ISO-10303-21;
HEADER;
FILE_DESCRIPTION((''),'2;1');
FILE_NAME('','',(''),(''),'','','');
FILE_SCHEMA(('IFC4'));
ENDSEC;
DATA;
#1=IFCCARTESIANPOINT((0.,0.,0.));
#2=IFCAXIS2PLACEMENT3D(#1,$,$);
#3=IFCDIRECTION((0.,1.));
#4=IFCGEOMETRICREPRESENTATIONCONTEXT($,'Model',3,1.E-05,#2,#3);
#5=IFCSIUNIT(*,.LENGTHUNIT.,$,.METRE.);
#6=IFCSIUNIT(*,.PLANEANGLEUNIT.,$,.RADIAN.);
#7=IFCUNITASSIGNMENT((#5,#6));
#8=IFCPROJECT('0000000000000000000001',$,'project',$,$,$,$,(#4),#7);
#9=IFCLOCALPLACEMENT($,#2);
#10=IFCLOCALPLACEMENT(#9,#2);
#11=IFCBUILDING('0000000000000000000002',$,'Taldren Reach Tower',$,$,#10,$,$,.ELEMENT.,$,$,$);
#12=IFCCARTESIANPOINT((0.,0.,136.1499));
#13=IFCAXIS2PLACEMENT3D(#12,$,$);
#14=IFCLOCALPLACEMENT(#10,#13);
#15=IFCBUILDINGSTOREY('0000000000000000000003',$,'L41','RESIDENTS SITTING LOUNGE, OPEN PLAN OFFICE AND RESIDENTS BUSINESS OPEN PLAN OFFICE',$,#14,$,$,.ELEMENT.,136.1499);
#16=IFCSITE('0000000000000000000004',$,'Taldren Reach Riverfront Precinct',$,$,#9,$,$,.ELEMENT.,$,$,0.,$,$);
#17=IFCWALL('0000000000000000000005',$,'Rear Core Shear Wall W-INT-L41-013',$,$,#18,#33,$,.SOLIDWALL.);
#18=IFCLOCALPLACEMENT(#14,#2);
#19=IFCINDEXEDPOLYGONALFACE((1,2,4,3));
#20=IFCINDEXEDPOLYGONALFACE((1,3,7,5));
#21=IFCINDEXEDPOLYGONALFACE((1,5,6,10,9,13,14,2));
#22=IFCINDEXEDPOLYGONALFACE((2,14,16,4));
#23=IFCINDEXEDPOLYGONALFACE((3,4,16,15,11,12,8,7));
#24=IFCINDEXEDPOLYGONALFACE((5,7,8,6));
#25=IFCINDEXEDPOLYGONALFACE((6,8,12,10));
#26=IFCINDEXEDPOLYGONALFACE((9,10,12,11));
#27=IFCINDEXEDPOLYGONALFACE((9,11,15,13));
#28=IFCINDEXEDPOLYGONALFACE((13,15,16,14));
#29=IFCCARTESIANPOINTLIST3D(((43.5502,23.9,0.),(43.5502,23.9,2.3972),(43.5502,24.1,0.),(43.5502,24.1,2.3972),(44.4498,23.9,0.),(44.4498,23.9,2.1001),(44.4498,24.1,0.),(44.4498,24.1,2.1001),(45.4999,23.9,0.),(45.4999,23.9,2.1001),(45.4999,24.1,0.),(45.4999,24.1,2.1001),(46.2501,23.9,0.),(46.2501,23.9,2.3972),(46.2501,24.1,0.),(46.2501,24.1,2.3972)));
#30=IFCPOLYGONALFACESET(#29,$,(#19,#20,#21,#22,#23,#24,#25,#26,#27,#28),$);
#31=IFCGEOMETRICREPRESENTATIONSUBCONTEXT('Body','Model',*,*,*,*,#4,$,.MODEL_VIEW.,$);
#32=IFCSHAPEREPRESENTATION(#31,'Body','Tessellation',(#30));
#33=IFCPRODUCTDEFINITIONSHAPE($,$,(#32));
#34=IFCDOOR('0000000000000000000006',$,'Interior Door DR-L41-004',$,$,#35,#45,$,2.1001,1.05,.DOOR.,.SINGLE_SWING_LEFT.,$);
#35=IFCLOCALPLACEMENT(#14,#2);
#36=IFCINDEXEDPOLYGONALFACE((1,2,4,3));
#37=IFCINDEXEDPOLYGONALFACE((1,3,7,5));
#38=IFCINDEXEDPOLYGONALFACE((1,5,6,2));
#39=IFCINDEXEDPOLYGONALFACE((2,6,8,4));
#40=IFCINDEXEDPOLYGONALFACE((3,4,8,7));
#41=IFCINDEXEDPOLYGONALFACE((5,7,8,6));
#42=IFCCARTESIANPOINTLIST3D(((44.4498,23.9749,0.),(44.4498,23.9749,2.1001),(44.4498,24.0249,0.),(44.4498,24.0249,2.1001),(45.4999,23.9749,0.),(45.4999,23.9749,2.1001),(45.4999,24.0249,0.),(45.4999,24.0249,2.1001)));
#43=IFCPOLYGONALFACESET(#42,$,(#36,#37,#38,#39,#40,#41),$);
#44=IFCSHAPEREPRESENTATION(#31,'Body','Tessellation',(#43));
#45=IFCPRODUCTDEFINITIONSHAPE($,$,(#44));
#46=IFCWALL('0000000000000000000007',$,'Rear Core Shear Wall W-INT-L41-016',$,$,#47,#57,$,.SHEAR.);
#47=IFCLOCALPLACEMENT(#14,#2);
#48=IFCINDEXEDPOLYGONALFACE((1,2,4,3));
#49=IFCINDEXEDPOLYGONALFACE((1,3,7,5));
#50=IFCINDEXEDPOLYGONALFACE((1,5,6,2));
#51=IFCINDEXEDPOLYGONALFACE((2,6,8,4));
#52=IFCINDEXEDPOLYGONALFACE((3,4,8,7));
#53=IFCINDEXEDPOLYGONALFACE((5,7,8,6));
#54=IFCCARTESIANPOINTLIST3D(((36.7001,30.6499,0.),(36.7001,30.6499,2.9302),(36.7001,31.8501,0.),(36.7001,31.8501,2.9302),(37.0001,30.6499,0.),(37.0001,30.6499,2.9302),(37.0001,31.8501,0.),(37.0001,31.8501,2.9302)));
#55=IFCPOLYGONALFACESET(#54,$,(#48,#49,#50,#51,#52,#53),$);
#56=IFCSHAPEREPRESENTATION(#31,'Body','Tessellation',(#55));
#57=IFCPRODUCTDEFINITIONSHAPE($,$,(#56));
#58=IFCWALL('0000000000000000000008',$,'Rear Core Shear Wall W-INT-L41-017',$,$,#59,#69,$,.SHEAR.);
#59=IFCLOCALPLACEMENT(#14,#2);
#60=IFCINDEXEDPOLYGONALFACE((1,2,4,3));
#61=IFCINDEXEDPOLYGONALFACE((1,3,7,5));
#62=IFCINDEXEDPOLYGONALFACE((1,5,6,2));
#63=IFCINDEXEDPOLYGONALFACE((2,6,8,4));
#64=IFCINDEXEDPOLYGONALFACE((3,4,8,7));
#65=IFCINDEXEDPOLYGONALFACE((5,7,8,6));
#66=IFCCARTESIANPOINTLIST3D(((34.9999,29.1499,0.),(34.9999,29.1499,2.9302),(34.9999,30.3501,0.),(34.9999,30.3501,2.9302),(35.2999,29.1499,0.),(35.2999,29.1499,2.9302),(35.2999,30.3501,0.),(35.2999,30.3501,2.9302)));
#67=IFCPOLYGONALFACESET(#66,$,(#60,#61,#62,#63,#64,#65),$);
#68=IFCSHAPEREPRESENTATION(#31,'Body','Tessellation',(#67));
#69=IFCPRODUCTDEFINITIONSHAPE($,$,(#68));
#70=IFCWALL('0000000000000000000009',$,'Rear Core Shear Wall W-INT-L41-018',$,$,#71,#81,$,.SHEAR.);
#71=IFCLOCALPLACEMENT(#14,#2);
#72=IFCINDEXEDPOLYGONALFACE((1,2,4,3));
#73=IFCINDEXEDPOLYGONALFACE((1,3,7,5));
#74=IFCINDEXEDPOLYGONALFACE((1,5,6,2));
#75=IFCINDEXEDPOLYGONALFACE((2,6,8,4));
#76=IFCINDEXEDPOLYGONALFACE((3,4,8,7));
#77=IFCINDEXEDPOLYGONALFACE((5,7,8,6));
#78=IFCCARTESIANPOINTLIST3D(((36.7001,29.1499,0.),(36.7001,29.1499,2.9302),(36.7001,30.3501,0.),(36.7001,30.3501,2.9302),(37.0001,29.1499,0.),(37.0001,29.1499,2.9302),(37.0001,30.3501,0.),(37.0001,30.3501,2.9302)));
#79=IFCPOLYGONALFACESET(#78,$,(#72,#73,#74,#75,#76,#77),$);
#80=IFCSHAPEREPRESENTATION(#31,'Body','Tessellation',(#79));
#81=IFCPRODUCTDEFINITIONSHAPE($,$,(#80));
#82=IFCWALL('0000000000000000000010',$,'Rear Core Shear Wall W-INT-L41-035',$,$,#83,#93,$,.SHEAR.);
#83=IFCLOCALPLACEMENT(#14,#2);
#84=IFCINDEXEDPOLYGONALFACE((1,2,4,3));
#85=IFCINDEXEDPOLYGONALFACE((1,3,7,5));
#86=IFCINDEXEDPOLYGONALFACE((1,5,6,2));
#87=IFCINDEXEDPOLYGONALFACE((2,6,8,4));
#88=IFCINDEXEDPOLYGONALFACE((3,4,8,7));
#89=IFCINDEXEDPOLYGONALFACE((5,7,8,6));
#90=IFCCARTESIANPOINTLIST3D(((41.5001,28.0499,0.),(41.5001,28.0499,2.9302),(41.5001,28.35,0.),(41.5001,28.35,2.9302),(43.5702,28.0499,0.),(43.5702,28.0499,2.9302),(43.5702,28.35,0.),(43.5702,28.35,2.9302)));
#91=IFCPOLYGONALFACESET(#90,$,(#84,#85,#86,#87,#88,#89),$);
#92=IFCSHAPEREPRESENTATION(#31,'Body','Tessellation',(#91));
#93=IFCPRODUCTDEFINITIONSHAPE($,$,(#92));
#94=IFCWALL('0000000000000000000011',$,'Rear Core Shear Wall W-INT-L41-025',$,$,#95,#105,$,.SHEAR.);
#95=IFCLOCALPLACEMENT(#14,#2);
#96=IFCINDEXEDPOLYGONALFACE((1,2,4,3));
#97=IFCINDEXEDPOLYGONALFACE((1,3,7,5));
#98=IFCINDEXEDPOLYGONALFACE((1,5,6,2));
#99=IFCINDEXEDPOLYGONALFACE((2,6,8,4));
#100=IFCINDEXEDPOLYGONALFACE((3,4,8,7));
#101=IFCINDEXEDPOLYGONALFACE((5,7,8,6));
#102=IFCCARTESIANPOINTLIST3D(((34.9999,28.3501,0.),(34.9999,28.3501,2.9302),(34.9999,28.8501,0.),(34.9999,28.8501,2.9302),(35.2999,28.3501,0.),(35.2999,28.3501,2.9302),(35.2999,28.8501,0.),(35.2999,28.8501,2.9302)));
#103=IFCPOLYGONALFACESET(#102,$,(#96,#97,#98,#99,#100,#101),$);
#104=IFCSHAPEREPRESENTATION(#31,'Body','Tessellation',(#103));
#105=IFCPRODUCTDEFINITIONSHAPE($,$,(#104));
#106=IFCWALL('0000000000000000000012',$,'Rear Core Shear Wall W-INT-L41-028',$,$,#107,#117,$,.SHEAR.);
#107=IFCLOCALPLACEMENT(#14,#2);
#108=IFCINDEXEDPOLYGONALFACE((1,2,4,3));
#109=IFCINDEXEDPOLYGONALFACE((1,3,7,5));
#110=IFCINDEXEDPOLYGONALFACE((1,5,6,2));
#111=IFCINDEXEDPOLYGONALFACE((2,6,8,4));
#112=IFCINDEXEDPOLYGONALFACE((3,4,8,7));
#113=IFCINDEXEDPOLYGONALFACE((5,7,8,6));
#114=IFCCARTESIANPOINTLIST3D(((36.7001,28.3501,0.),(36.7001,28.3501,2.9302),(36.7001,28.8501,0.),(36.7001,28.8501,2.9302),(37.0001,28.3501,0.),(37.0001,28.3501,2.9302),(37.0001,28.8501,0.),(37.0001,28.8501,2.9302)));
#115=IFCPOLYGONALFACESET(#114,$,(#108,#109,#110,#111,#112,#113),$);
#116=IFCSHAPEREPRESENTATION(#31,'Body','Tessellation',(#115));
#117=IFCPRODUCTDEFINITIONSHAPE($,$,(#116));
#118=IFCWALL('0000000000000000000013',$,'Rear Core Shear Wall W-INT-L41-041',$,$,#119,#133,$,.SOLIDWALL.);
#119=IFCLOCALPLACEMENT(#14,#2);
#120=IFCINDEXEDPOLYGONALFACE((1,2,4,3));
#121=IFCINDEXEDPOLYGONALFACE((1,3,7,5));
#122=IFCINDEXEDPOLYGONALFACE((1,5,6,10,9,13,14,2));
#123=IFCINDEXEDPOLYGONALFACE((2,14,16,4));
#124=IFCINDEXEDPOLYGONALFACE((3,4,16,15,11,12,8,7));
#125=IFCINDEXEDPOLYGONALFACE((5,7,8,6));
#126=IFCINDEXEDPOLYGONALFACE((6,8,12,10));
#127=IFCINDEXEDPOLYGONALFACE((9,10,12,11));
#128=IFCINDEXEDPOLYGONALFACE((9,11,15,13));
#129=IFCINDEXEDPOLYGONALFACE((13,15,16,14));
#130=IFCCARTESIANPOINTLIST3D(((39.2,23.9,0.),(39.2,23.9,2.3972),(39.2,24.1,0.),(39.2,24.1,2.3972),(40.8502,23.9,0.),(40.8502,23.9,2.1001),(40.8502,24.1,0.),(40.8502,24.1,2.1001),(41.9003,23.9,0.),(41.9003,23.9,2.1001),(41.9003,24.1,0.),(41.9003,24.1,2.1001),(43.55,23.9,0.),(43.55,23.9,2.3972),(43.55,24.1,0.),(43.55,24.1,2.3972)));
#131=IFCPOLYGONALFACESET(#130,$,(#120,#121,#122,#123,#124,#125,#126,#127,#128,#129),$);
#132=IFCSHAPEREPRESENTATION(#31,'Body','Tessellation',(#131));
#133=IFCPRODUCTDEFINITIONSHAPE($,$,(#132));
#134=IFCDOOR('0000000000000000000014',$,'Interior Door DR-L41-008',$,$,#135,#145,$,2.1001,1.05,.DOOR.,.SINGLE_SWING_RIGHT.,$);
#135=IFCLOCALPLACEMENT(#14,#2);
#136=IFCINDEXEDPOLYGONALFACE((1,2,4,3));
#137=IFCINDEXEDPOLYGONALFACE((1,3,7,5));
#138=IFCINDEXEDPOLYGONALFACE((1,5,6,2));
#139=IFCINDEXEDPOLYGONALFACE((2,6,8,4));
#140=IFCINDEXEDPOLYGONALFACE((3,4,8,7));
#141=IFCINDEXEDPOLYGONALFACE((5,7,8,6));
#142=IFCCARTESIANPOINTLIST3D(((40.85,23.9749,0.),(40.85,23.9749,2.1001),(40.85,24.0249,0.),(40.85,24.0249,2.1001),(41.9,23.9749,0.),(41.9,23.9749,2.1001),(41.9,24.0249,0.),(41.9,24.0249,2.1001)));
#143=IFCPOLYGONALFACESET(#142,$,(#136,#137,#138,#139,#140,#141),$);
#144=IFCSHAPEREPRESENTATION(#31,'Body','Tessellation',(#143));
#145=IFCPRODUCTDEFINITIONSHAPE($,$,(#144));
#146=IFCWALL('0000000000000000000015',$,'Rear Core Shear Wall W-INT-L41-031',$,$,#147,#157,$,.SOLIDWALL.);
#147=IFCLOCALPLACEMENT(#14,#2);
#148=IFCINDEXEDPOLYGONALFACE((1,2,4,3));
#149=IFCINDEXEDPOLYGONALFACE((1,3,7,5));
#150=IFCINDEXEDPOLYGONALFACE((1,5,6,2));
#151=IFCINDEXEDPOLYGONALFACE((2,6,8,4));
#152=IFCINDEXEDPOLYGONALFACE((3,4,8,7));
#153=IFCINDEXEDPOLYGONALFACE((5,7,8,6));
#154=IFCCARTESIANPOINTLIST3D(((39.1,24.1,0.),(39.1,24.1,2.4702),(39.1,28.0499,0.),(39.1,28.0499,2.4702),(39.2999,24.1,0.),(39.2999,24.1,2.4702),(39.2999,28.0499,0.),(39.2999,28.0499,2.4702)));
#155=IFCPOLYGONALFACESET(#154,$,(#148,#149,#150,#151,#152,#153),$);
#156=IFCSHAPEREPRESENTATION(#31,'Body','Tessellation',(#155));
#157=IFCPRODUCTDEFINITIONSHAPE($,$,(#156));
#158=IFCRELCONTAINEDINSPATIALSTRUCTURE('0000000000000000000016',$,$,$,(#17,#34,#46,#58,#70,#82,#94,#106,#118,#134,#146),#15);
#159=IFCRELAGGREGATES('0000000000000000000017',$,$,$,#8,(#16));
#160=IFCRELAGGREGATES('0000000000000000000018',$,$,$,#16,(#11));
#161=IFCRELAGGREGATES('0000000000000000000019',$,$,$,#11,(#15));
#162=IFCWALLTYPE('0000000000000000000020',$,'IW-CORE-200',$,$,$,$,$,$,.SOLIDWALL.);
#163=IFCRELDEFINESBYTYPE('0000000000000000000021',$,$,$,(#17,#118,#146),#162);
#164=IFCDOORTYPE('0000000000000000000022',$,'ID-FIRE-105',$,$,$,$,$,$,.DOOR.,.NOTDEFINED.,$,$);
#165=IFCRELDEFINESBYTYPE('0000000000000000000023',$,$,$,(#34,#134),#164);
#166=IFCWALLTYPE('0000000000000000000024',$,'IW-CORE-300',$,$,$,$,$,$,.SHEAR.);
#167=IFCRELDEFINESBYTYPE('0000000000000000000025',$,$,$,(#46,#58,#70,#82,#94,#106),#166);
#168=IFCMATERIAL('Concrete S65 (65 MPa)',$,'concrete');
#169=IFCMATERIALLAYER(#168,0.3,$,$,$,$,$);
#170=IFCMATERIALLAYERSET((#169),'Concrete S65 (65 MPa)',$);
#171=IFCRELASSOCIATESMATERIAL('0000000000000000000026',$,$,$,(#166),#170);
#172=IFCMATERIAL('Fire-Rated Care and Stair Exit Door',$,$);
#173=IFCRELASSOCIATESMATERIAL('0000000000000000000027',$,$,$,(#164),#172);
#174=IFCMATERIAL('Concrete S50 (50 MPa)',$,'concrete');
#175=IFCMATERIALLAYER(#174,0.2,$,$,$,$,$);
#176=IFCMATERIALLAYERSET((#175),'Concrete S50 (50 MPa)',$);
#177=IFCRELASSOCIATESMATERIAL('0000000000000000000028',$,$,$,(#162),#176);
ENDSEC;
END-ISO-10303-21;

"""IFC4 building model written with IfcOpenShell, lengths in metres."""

from ifc_helpers import new_model, si_unit, direction, frame, frame_2d, origin, place, context, subcontext, project, spatial, rectangle, extrude, source, transform, mapped, material, layer, layer_set, type_object, element, fill, save


model = new_model("IFC4")

# Units and contexts
model_context = context("Model", 3, precision=1e-05, world=origin(), true_north=direction((0.0, 1.0)))
body_context = subcontext(model_context, "Body", "Model", "MODEL_VIEW")
ifc_project = project(units=[si_unit("LENGTHUNIT", "METRE"), si_unit("PLANEANGLEUNIT", "RADIAN")], contexts=[model_context])

# Site, building, storey
site_placement = place(None, origin())
site = spatial("IfcSite", under=ifc_project, at=site_placement, Name="Taldren Reach Riverfront Precinct", CompositionType="ELEMENT", RefElevation=0.0)
building_placement = place(site_placement, origin())
building = spatial("IfcBuilding", under=site, at=building_placement, Name="Taldren Reach Tower", CompositionType="ELEMENT")
storey_placement = place(building_placement, frame((0.0, 0.0, 136.1499)))
storey = spatial("IfcBuildingStorey", under=building, at=storey_placement, Name="L41", Description="RESIDENTS SITTING LOUNGE, OPEN PLAN OFFICE AND RESIDENTS BUSINESS OPEN PLAN OFFICE", CompositionType="ELEMENT", Elevation=136.1499)

# Shared definitions
ifc_material_1 = material(Name="Concrete S65 (65 MPa)", Category="concrete")
ifc_layer_1 = layer(ifc_material_1, 0.3)
ifc_layer_set_1 = layer_set([ifc_layer_1], Name="Concrete S65 (65 MPa)")
wall_type_1 = type_object("IfcWallType", Name="IW-CORE-300", PredefinedType="SHEAR", material=ifc_layer_set_1)

# Shared definitions
ifc_material_2 = material(Name="Fire-Rated Care and Stair Exit Door")
door_type_1 = type_object("IfcDoorType", Name="ID-FIRE-105", OperationType="NOTDEFINED", PredefinedType="DOOR", material=ifc_material_2)
shared_shape_1 = source(origin(), body_context, "Body", "SweptSolid", [
    extrude(rectangle(XDim=1.05, YDim=2.1001, at=frame_2d((0.5249, 1.05))), frame((0.0, 0.0249, 0.0), z_axis=(0.0, -1.0, 0.0), x_axis=(1.0, 0.0, 0.0)), (0.0, 0.0, 1.0), 0.05),
])

# Shared definitions
ifc_material_3 = material(Name="Concrete S50 (50 MPa)", Category="concrete")
ifc_layer_2 = layer(ifc_material_3, 0.2)
ifc_layer_set_2 = layer_set([ifc_layer_2], Name="Concrete S50 (50 MPa)")
wall_type_2 = type_object("IfcWallType", Name="IW-CORE-200", PredefinedType="SOLIDWALL", material=ifc_layer_set_2)

# Wall, opening, door
shared_shape_2 = source(origin(), body_context, "Body", "SweptSolid", [
    extrude(rectangle(XDim=2.7, YDim=0.2, at=frame_2d((1.3501, 0.0))), origin(), (0.0, 0.0, 1.0), 2.3972),
])
wall_1_placement = place(storey_placement, frame((43.55, 24.0, 0.0), z_axis=(0.0, 0.0, 1.0), x_axis=(1.0, 0.0, 0.0)))
wall_1 = element("IfcWall", 1, at=wall_1_placement, inside=storey, type_object=wall_type_2, Name="Rear Core Shear Wall W-INT-L41-013", PredefinedType="SOLIDWALL", context=body_context, shape_type="MappedRepresentation", body=[
    mapped(shared_shape_2, transform((0.0, 0.0, 0.0), scale=1.0)),
])
shared_shape_3 = source(origin(), body_context, "Body", "SweptSolid", [
    extrude(rectangle(XDim=1.05, YDim=2.1001, at=frame_2d((0.5249, 1.05))), frame((0.0, 0.1099, 0.0), z_axis=(0.0, -1.0, 0.0), x_axis=(1.0, 0.0, 0.0)), (0.0, 0.0, 1.0), 0.22),
])
opening_1_placement = place(wall_1_placement, frame((0.8999, 0.0, 0.0)))
opening_1 = element("IfcOpeningElement", 2, at=opening_1_placement, cuts=wall_1, PredefinedType="OPENING", context=body_context, shape_type="MappedRepresentation", body=[
    mapped(shared_shape_3, transform((0.0, 0.0, 0.0), scale=1.0)),
])
door_1_placement = place(opening_1_placement, origin())
door_1 = element("IfcDoor", 3, at=door_1_placement, inside=storey, type_object=door_type_1, Name="Interior Door DR-L41-004", OperationType="SINGLE_SWING_LEFT", OverallHeight=2.1001, OverallWidth=1.05, PredefinedType="DOOR", context=body_context, shape_type="MappedRepresentation", body=[
    mapped(shared_shape_1, transform((0.0, 0.0, 0.0), scale=1.0)),
])
fill(opening_1, door_1)

# Walls
shared_shape_4 = source(origin(), body_context, "Body", "SweptSolid", [
    extrude(rectangle(XDim=1.2002, YDim=0.3, at=frame_2d((0.6001, 0.0))), origin(), (0.0, 0.0, 1.0), 2.9302),
])
for number, where, z_axis, x_axis, name in (
    (4, (36.8501, 30.6499, 0.0), (0.0, 0.0, 1.0), (0.0, 1.0, 0.0), "Rear Core Shear Wall W-INT-L41-016"),
    (5, (35.1499, 30.3501, 0.0), (0.0, 0.0, 1.0), (0.0, -1.0, 0.0), "Rear Core Shear Wall W-INT-L41-017"),
    (6, (36.8501, 29.1499, 0.0), (0.0, 0.0, 1.0), (0.0, 1.0, 0.0), "Rear Core Shear Wall W-INT-L41-018"),
):
    element("IfcWall", number, at=place(storey_placement, frame(where, z_axis=z_axis, x_axis=x_axis)), inside=storey, type_object=wall_type_1, Name=name, PredefinedType="SHEAR", context=body_context, shape_type="MappedRepresentation", body=[
        mapped(shared_shape_4, transform((0.0, 0.0, 0.0), scale=1.0)),
    ])
shared_shape_5 = source(origin(), body_context, "Body", "SweptSolid", [
    extrude(rectangle(XDim=2.0701, YDim=0.3, at=frame_2d((1.0352, 0.0))), origin(), (0.0, 0.0, 1.0), 2.9302),
])
wall_2_placement = place(storey_placement, frame((41.5, 28.2, 0.0), z_axis=(0.0, 0.0, 1.0), x_axis=(1.0, 0.0, 0.0)))
element("IfcWall", 7, at=wall_2_placement, inside=storey, type_object=wall_type_1, Name="Rear Core Shear Wall W-INT-L41-035", PredefinedType="SHEAR", context=body_context, shape_type="MappedRepresentation", body=[
    mapped(shared_shape_5, transform((0.0, 0.0, 0.0), scale=1.0)),
])
shared_shape_6 = source(origin(), body_context, "Body", "SweptSolid", [
    extrude(rectangle(XDim=0.5, YDim=0.3, at=frame_2d((0.25, 0.0))), origin(), (0.0, 0.0, 1.0), 2.9302),
])
for number, where, z_axis, x_axis, name in (
    (8, (35.1499, 28.3501, 0.0), (0.0, 0.0, 1.0), (0.0, 1.0, 0.0), "Rear Core Shear Wall W-INT-L41-025"),
    (9, (36.8501, 28.8501, 0.0), (0.0, 0.0, 1.0), (0.0, -1.0, 0.0), "Rear Core Shear Wall W-INT-L41-028"),
):
    element("IfcWall", number, at=place(storey_placement, frame(where, z_axis=z_axis, x_axis=x_axis)), inside=storey, type_object=wall_type_1, Name=name, PredefinedType="SHEAR", context=body_context, shape_type="MappedRepresentation", body=[
        mapped(shared_shape_6, transform((0.0, 0.0, 0.0), scale=1.0)),
    ])

# Wall, opening, door
shared_shape_7 = source(origin(), body_context, "Body", "SweptSolid", [
    extrude(rectangle(XDim=4.3501, YDim=0.2, at=frame_2d((2.175, 0.0))), origin(), (0.0, 0.0, 1.0), 2.3972),
])
wall_3_placement = place(storey_placement, frame((43.55, 24.0, 0.0), z_axis=(0.0, 0.0, 1.0), x_axis=(-1.0, 0.0, 0.0)))
wall_3 = element("IfcWall", 10, at=wall_3_placement, inside=storey, type_object=wall_type_2, Name="Rear Core Shear Wall W-INT-L41-041", PredefinedType="SOLIDWALL", context=body_context, shape_type="MappedRepresentation", body=[
    mapped(shared_shape_7, transform((0.0, 0.0, 0.0), scale=1.0)),
])
opening_2_placement = place(wall_3_placement, frame((1.6499, 0.0, 0.0)))
opening_2 = element("IfcOpeningElement", 11, at=opening_2_placement, cuts=wall_3, PredefinedType="OPENING", context=body_context, shape_type="MappedRepresentation", body=[
    mapped(shared_shape_3, transform((0.0, 0.0, 0.0), scale=1.0)),
])
door_2_placement = place(opening_2_placement, frame((1.05, 0.0, 0.0), z_axis=(0.0, 0.0, 1.0), x_axis=(-1.0, 0.0, 0.0)))
door_2 = element("IfcDoor", 12, at=door_2_placement, inside=storey, type_object=door_type_1, Name="Interior Door DR-L41-008", OperationType="SINGLE_SWING_RIGHT", OverallHeight=2.1001, OverallWidth=1.05, PredefinedType="DOOR", context=body_context, shape_type="MappedRepresentation", body=[
    mapped(shared_shape_1, transform((0.0, 0.0, 0.0), scale=1.0)),
])
fill(opening_2, door_2)

# Wall
shared_shape_8 = source(origin(), body_context, "Body", "SweptSolid", [
    extrude(rectangle(XDim=3.95, YDim=0.2, at=frame_2d((1.9751, 0.0))), origin(), (0.0, 0.0, 1.0), 2.4702),
])
wall_4_placement = place(storey_placement, frame((39.2, 28.05, 0.0), z_axis=(0.0, 0.0, 1.0), x_axis=(0.0, -1.0, 0.0)))
element("IfcWall", 13, at=wall_4_placement, inside=storey, type_object=wall_type_2, Name="Rear Core Shear Wall W-INT-L41-031", PredefinedType="SOLIDWALL", context=body_context, shape_type="MappedRepresentation", body=[
    mapped(shared_shape_8, transform((0.0, 0.0, 0.0), scale=1.0)),
])

save(model, "model.ifc")
